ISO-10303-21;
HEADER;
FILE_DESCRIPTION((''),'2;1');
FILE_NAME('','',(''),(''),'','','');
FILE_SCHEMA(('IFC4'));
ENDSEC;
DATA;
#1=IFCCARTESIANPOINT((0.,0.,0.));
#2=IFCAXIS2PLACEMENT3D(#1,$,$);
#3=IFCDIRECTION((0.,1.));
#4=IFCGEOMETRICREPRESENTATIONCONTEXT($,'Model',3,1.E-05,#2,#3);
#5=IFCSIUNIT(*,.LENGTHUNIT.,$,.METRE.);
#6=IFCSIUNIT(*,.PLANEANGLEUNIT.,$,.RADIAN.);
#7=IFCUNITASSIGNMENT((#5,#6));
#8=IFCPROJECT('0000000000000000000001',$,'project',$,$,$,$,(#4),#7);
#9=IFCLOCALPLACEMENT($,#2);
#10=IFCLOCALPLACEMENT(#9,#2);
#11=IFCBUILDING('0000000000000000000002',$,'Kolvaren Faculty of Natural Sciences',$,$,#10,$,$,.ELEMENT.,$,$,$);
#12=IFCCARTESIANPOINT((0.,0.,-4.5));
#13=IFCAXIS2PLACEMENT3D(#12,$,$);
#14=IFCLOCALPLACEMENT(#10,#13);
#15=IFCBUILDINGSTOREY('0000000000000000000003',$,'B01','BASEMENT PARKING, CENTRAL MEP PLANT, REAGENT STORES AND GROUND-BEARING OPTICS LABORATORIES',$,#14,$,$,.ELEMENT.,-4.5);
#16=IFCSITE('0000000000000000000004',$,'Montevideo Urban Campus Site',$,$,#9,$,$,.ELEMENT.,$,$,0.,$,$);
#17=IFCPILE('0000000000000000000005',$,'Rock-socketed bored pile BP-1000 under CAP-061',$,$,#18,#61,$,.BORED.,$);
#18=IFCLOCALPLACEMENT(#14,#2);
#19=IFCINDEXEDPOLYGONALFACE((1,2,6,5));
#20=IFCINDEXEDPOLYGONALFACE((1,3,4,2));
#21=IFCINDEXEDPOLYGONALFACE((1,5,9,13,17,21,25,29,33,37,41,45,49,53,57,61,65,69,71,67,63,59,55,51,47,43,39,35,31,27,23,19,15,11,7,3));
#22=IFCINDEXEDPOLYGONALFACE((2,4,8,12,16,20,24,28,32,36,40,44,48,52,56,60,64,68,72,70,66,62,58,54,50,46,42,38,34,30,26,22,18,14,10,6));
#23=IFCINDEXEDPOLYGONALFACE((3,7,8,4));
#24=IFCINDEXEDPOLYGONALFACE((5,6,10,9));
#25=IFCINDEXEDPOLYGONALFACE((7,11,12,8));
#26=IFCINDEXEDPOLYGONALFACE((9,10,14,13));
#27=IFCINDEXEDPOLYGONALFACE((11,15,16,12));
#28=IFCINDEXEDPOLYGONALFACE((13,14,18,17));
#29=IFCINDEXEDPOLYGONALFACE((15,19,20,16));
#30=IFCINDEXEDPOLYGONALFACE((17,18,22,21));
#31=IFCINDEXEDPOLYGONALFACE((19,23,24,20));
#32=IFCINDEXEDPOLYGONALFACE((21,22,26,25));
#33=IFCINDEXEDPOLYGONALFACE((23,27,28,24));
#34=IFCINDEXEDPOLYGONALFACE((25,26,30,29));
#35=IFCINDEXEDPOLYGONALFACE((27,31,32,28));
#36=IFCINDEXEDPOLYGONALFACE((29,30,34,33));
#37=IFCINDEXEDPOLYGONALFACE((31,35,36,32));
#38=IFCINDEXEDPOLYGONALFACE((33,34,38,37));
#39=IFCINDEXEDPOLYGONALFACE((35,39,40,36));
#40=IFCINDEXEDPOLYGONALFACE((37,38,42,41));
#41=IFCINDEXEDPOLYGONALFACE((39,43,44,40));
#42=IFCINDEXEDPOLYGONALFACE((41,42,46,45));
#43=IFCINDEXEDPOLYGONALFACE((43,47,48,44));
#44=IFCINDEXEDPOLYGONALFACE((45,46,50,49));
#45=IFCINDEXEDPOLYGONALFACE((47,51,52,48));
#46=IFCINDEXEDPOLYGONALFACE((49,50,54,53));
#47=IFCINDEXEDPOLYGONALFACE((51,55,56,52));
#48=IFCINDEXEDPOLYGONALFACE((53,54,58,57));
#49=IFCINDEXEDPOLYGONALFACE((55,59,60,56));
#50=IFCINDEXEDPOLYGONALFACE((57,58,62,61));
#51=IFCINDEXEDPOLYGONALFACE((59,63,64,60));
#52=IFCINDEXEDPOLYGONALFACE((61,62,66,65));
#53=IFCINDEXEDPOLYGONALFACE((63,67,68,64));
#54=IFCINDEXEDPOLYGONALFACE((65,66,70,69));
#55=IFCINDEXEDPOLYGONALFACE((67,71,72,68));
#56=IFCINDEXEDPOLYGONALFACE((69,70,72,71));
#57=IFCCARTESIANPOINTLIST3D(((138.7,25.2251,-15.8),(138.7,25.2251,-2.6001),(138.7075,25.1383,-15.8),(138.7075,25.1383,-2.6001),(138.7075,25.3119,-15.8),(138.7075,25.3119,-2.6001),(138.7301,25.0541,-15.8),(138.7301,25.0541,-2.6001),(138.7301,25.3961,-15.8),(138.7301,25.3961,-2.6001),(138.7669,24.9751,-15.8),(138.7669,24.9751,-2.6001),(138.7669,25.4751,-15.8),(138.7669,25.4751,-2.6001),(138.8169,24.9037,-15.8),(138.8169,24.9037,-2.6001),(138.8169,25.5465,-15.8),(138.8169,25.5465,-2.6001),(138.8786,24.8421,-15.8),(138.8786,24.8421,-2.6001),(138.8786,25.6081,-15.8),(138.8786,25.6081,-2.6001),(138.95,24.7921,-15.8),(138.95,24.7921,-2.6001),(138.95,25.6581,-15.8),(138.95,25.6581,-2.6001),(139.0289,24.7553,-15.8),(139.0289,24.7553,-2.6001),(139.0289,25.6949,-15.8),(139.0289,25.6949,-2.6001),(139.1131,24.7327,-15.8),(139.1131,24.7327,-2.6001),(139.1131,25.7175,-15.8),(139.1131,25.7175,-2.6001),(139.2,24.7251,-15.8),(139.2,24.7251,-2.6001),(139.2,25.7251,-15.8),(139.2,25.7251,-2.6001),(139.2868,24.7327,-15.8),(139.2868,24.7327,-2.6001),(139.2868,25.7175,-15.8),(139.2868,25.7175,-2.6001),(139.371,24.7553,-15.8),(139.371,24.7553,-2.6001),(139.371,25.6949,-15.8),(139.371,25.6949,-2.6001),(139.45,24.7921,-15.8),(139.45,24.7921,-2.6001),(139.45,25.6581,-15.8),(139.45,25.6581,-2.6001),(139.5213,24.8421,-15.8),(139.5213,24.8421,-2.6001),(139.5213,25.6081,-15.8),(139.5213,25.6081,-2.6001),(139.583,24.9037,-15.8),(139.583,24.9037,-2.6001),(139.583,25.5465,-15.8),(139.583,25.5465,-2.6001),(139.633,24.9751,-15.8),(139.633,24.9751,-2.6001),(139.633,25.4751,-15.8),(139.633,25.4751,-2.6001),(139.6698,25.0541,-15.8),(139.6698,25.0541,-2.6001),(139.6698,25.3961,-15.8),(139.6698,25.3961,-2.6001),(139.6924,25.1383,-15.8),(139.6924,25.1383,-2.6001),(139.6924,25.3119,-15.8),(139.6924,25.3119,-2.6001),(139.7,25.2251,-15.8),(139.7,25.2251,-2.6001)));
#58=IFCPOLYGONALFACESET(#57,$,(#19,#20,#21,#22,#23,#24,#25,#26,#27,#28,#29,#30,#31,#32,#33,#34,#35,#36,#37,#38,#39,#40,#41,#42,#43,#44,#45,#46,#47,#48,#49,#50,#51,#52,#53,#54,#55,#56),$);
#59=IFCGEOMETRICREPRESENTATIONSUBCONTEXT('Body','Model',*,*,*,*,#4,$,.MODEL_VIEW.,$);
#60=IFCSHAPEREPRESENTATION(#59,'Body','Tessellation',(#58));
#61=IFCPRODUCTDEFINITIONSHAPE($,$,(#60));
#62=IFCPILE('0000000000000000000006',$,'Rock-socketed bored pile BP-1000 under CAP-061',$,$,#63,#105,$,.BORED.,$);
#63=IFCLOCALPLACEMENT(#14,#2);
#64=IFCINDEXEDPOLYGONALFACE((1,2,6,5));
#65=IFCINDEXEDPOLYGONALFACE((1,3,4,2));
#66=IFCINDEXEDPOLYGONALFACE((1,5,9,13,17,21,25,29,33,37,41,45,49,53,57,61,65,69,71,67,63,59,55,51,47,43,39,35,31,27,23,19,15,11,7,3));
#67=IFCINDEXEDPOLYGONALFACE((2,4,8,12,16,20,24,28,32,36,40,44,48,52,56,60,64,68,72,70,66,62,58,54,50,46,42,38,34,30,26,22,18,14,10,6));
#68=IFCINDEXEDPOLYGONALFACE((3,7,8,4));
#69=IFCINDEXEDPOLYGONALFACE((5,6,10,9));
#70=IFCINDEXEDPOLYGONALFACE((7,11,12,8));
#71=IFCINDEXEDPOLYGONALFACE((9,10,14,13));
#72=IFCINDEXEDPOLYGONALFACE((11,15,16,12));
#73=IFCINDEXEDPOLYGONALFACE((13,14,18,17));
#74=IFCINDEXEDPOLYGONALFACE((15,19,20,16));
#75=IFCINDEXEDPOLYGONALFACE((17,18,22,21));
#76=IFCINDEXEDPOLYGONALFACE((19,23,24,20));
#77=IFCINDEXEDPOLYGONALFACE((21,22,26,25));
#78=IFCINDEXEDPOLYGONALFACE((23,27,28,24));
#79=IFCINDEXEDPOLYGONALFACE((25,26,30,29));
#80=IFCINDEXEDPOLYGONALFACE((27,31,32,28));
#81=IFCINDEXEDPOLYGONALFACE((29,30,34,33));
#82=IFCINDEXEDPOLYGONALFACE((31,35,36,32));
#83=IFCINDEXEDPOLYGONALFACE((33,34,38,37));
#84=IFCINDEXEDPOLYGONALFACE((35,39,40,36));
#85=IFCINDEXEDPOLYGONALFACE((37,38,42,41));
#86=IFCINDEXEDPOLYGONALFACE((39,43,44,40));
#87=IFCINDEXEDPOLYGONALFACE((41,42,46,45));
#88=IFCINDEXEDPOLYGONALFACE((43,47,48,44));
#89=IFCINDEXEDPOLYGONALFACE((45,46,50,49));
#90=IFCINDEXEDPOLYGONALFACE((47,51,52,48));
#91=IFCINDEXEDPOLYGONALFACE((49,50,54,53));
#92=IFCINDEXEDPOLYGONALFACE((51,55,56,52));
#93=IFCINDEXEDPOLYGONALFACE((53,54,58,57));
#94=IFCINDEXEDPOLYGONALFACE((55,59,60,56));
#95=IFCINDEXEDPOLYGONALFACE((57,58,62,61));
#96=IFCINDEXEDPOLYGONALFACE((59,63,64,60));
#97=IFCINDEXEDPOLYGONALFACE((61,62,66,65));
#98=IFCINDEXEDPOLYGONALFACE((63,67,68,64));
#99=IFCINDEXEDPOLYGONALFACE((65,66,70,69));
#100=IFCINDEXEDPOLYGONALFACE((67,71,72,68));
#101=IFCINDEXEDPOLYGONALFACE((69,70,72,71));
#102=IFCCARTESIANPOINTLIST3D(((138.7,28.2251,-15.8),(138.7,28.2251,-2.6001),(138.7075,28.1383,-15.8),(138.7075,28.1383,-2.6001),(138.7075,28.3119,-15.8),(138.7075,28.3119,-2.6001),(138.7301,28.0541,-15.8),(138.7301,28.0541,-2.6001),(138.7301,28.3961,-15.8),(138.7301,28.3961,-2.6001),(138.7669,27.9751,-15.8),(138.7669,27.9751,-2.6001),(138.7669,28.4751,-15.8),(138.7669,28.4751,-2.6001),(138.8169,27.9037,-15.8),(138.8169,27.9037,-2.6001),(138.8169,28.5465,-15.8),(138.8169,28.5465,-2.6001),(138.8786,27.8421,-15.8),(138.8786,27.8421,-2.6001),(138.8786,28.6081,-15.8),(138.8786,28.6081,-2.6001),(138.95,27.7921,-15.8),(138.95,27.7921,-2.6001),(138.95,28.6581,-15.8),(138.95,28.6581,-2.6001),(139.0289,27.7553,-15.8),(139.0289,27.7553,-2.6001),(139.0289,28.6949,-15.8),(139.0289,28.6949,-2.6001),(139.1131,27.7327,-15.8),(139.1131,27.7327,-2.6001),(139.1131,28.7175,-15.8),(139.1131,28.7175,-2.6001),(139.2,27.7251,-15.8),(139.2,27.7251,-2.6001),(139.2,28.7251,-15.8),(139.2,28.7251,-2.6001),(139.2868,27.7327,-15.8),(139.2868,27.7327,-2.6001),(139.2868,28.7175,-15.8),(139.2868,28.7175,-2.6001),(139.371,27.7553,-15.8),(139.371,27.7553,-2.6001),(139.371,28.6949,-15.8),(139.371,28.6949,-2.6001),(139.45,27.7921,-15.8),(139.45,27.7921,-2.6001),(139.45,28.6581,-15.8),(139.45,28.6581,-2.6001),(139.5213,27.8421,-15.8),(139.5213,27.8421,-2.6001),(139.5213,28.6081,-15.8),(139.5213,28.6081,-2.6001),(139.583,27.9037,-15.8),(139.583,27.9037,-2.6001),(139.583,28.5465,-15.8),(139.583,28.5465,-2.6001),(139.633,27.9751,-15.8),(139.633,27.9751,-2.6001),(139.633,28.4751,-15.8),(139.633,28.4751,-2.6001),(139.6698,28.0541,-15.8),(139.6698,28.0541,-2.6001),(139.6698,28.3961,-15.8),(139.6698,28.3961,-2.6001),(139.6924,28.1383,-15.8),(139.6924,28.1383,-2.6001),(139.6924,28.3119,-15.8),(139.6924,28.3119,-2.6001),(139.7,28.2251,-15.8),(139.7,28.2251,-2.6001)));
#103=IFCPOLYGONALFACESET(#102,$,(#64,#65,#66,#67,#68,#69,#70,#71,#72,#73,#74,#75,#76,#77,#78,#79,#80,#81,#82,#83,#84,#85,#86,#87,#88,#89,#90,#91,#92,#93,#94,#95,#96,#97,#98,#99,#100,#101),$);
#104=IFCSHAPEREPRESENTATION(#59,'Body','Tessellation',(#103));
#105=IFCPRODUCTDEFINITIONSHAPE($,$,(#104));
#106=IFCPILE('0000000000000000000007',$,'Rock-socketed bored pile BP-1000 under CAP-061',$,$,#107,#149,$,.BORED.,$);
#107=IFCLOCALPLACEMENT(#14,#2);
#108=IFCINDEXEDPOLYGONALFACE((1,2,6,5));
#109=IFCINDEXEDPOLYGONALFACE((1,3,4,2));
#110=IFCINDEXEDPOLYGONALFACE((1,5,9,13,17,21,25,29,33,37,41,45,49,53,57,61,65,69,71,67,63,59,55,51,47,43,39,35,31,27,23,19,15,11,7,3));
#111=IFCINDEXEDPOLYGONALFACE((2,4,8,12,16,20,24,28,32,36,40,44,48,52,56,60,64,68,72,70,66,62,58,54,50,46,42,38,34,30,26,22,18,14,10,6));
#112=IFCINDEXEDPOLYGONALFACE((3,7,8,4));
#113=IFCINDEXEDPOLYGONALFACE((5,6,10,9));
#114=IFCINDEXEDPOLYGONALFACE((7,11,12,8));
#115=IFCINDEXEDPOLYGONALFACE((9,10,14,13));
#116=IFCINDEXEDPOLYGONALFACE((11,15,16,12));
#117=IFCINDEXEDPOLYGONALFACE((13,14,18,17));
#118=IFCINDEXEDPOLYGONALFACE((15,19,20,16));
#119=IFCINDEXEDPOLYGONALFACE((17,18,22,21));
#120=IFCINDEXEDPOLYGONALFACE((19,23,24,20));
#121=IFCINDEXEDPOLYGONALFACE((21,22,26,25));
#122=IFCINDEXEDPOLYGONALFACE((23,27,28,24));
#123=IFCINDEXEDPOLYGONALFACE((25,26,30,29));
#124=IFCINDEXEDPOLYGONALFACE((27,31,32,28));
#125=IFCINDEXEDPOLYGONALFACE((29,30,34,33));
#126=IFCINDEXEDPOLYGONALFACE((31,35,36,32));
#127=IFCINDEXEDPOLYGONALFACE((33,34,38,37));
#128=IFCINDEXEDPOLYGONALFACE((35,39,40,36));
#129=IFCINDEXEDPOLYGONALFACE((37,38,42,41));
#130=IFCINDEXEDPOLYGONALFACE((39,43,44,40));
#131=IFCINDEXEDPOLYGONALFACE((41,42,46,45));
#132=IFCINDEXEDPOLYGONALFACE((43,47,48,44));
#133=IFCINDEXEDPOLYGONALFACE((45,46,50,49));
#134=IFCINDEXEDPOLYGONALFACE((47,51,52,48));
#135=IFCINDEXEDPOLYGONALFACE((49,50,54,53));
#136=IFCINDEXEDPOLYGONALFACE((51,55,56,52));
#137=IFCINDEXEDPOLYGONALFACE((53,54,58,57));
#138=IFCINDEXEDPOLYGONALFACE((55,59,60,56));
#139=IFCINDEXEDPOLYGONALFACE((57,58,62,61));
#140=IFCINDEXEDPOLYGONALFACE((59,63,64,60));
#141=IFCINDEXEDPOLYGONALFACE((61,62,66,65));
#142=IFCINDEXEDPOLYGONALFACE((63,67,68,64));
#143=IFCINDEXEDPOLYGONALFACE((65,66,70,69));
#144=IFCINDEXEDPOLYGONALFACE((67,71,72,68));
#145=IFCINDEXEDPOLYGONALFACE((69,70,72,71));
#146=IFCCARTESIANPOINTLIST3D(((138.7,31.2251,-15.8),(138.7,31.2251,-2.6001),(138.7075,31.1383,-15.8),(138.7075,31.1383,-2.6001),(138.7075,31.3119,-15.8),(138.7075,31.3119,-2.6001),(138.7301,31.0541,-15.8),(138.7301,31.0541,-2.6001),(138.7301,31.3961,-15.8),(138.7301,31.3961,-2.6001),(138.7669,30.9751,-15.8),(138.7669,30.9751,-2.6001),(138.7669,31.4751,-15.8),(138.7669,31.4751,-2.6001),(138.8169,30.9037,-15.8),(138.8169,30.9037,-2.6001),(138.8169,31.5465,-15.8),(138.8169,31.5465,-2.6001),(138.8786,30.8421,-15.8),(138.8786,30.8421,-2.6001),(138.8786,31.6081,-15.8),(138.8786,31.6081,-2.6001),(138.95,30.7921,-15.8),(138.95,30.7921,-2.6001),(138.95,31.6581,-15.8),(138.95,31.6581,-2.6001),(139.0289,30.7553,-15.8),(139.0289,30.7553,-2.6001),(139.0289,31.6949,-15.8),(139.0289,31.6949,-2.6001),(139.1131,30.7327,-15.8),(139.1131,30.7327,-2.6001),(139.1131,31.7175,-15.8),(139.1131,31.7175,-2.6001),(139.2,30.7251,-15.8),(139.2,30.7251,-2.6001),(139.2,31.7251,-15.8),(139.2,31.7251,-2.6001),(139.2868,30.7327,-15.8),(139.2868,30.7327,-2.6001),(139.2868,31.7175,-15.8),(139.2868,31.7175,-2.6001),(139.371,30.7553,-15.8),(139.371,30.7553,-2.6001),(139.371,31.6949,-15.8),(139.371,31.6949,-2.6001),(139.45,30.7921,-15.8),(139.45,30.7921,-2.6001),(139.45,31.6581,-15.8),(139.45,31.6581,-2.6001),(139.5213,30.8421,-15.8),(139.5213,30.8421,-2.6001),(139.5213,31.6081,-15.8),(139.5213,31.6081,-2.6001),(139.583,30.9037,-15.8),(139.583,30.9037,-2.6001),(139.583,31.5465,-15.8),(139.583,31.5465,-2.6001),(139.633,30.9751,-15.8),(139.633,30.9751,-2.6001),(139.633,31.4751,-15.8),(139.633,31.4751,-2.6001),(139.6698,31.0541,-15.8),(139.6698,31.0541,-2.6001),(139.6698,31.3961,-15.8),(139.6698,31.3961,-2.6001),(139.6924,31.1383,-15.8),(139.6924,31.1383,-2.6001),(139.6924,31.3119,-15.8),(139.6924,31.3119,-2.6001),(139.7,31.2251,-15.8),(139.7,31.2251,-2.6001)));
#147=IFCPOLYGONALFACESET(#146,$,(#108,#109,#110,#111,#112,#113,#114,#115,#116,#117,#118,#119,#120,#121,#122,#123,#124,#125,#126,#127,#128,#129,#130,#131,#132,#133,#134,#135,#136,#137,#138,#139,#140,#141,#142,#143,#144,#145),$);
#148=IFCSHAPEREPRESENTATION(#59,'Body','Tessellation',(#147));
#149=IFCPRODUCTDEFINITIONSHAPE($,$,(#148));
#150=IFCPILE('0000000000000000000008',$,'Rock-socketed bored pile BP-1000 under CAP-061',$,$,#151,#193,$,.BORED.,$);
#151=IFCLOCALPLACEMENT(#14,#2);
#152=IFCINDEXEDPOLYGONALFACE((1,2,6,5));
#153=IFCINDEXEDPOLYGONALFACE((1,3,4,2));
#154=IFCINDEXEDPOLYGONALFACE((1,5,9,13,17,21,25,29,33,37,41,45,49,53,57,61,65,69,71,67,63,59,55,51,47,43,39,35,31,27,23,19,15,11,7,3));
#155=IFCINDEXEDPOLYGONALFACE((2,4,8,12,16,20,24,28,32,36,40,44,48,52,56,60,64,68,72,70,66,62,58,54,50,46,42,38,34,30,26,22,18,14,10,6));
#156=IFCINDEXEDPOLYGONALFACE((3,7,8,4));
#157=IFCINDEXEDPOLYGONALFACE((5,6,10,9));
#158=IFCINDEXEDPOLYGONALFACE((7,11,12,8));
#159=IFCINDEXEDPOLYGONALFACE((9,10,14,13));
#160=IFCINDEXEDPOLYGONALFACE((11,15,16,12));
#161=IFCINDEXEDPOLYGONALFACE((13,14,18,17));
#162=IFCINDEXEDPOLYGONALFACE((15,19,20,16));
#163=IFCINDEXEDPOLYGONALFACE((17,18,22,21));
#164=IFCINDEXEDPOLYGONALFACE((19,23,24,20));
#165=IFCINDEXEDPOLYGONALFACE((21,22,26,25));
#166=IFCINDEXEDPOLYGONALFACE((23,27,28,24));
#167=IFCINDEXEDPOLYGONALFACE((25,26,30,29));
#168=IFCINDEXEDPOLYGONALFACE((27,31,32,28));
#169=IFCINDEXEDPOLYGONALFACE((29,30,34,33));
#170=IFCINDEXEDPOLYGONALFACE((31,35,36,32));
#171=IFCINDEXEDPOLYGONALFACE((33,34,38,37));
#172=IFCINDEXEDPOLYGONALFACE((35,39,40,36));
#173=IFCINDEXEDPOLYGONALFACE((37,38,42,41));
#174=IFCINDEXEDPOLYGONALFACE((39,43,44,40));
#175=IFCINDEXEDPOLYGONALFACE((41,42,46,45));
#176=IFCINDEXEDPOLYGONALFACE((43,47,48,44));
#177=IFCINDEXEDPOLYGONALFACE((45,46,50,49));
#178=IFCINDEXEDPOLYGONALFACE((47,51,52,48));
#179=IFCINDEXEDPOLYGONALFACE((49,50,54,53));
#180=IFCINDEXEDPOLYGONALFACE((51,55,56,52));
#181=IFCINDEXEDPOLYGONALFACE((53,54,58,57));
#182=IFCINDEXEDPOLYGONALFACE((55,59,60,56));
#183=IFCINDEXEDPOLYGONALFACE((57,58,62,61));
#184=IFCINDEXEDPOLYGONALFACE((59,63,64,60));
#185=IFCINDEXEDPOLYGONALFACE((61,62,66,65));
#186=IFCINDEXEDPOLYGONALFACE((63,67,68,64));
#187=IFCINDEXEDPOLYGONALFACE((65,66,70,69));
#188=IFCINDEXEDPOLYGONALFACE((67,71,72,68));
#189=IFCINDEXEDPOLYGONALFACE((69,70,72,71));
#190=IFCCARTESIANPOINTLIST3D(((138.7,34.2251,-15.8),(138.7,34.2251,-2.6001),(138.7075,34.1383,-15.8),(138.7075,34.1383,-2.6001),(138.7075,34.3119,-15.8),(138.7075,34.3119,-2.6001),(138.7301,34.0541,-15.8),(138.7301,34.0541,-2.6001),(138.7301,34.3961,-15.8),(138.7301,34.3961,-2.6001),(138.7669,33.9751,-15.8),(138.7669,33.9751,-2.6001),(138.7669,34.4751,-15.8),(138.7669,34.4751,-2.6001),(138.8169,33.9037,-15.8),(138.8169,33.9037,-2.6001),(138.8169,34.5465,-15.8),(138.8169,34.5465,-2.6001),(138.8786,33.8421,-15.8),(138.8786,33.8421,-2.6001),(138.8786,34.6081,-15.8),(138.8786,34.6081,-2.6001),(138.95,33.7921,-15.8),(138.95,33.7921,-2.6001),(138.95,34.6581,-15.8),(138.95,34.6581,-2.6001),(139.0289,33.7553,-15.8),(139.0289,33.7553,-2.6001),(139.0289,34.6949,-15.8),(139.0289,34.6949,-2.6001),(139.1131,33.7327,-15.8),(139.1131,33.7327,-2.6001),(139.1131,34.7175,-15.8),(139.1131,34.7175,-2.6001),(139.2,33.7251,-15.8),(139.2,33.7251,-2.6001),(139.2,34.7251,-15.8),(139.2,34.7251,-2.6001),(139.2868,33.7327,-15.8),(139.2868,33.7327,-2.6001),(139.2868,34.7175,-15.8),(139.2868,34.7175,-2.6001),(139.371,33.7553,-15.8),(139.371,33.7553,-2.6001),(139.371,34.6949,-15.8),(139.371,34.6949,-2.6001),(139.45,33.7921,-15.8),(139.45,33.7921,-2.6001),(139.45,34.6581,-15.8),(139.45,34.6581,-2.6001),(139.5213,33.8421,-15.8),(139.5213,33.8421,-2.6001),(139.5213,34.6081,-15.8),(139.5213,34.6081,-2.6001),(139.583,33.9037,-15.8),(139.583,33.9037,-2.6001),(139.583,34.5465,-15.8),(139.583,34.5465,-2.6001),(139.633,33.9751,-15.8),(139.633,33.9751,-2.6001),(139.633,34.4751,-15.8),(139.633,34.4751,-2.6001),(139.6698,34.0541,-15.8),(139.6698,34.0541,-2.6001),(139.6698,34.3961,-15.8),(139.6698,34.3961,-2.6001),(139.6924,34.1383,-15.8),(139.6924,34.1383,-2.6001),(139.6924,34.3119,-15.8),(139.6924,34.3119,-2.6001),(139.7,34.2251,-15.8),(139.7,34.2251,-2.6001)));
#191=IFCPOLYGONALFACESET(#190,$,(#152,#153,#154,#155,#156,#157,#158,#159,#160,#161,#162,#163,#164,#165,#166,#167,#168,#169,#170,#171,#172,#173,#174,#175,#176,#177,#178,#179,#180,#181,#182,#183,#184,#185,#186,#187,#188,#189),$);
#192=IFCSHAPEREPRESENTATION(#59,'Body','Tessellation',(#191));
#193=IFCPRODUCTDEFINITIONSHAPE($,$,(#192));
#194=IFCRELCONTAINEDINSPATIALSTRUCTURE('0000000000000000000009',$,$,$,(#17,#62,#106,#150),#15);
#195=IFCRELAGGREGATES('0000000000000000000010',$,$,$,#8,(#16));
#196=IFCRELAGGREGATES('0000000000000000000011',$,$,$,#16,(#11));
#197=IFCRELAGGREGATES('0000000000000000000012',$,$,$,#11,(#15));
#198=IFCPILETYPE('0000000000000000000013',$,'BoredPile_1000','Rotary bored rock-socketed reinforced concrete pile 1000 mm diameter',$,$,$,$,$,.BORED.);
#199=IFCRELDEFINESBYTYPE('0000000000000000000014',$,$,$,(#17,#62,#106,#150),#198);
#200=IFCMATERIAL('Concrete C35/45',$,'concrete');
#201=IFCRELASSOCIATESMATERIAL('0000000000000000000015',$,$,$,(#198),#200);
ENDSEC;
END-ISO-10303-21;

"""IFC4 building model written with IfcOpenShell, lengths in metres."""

from ifc_helpers import new_model, si_unit, direction, frame, origin, origin_2d, place, context, subcontext, project, spatial, circle, extrude, material, material_profile, profile_set, type_object, element, save


model = new_model("IFC4")

# Units and contexts
model_context = context("Model", 3, precision=1e-05, world=origin(), true_north=direction((0.0, 1.0)))
body_context = subcontext(model_context, "Body", "Model", "MODEL_VIEW")
ifc_project = project(units=[si_unit("LENGTHUNIT", "METRE"), si_unit("PLANEANGLEUNIT", "RADIAN")], contexts=[model_context])

# Site, building, storey
site_placement = place(None, origin())
site = spatial("IfcSite", under=ifc_project, at=site_placement, Name="Montevideo Urban Campus Site", CompositionType="ELEMENT", RefElevation=0.0)
building_placement = place(site_placement, origin())
building = spatial("IfcBuilding", under=site, at=building_placement, Name="Kolvaren Faculty of Natural Sciences", CompositionType="ELEMENT")
storey_placement = place(building_placement, frame((0.0, 0.0, -4.5)))
storey = spatial("IfcBuildingStorey", under=building, at=storey_placement, Name="B01", Description="BASEMENT PARKING, CENTRAL MEP PLANT, REAGENT STORES AND GROUND-BEARING OPTICS LABORATORIES", CompositionType="ELEMENT", Elevation=-4.5)

# Piles
ifc_material_1 = material(Name="Concrete C35/45", Category="concrete")
ifc_material_profile_1 = material_profile(ifc_material_1, circle(Radius=0.5, at=origin_2d()), Name="PILE D1000")
ifc_profile_set_1 = profile_set([ifc_material_profile_1], Name="Concrete C35/45")
pile_type_1 = type_object("IfcPileType", Name="BoredPile_1000", Description="Rotary bored rock-socketed reinforced concrete pile 1000 mm diameter", PredefinedType="BORED", material=ifc_profile_set_1)
for number, where, z_axis, x_axis, name in (
    (1, (139.2, 25.2251, -2.6001), (0.0, 0.0, -1.0), (1.0, 0.0, 0.0), "Rock-socketed bored pile BP-1000 under CAP-061"),
    (2, (139.2, 28.2251, -2.6001), (0.0, 0.0, -1.0), (1.0, 0.0, 0.0), "Rock-socketed bored pile BP-1000 under CAP-061"),
    (3, (139.2, 31.2251, -2.6001), (0.0, 0.0, -1.0), (1.0, 0.0, 0.0), "Rock-socketed bored pile BP-1000 under CAP-061"),
    (4, (139.2, 34.2251, -2.6001), (0.0, 0.0, -1.0), (1.0, 0.0, 0.0), "Rock-socketed bored pile BP-1000 under CAP-061"),
):
    element("IfcPile", number, at=place(storey_placement, frame(where, z_axis=z_axis, x_axis=x_axis)), inside=storey, type_object=pile_type_1, Name=name, PredefinedType="BORED", context=body_context, shape_type="SweptSolid", body=[
        extrude(circle(Radius=0.5, at=origin_2d()), origin(), (0.0, 0.0, 1.0), 13.2),
    ])

save(model, "model.ifc")
